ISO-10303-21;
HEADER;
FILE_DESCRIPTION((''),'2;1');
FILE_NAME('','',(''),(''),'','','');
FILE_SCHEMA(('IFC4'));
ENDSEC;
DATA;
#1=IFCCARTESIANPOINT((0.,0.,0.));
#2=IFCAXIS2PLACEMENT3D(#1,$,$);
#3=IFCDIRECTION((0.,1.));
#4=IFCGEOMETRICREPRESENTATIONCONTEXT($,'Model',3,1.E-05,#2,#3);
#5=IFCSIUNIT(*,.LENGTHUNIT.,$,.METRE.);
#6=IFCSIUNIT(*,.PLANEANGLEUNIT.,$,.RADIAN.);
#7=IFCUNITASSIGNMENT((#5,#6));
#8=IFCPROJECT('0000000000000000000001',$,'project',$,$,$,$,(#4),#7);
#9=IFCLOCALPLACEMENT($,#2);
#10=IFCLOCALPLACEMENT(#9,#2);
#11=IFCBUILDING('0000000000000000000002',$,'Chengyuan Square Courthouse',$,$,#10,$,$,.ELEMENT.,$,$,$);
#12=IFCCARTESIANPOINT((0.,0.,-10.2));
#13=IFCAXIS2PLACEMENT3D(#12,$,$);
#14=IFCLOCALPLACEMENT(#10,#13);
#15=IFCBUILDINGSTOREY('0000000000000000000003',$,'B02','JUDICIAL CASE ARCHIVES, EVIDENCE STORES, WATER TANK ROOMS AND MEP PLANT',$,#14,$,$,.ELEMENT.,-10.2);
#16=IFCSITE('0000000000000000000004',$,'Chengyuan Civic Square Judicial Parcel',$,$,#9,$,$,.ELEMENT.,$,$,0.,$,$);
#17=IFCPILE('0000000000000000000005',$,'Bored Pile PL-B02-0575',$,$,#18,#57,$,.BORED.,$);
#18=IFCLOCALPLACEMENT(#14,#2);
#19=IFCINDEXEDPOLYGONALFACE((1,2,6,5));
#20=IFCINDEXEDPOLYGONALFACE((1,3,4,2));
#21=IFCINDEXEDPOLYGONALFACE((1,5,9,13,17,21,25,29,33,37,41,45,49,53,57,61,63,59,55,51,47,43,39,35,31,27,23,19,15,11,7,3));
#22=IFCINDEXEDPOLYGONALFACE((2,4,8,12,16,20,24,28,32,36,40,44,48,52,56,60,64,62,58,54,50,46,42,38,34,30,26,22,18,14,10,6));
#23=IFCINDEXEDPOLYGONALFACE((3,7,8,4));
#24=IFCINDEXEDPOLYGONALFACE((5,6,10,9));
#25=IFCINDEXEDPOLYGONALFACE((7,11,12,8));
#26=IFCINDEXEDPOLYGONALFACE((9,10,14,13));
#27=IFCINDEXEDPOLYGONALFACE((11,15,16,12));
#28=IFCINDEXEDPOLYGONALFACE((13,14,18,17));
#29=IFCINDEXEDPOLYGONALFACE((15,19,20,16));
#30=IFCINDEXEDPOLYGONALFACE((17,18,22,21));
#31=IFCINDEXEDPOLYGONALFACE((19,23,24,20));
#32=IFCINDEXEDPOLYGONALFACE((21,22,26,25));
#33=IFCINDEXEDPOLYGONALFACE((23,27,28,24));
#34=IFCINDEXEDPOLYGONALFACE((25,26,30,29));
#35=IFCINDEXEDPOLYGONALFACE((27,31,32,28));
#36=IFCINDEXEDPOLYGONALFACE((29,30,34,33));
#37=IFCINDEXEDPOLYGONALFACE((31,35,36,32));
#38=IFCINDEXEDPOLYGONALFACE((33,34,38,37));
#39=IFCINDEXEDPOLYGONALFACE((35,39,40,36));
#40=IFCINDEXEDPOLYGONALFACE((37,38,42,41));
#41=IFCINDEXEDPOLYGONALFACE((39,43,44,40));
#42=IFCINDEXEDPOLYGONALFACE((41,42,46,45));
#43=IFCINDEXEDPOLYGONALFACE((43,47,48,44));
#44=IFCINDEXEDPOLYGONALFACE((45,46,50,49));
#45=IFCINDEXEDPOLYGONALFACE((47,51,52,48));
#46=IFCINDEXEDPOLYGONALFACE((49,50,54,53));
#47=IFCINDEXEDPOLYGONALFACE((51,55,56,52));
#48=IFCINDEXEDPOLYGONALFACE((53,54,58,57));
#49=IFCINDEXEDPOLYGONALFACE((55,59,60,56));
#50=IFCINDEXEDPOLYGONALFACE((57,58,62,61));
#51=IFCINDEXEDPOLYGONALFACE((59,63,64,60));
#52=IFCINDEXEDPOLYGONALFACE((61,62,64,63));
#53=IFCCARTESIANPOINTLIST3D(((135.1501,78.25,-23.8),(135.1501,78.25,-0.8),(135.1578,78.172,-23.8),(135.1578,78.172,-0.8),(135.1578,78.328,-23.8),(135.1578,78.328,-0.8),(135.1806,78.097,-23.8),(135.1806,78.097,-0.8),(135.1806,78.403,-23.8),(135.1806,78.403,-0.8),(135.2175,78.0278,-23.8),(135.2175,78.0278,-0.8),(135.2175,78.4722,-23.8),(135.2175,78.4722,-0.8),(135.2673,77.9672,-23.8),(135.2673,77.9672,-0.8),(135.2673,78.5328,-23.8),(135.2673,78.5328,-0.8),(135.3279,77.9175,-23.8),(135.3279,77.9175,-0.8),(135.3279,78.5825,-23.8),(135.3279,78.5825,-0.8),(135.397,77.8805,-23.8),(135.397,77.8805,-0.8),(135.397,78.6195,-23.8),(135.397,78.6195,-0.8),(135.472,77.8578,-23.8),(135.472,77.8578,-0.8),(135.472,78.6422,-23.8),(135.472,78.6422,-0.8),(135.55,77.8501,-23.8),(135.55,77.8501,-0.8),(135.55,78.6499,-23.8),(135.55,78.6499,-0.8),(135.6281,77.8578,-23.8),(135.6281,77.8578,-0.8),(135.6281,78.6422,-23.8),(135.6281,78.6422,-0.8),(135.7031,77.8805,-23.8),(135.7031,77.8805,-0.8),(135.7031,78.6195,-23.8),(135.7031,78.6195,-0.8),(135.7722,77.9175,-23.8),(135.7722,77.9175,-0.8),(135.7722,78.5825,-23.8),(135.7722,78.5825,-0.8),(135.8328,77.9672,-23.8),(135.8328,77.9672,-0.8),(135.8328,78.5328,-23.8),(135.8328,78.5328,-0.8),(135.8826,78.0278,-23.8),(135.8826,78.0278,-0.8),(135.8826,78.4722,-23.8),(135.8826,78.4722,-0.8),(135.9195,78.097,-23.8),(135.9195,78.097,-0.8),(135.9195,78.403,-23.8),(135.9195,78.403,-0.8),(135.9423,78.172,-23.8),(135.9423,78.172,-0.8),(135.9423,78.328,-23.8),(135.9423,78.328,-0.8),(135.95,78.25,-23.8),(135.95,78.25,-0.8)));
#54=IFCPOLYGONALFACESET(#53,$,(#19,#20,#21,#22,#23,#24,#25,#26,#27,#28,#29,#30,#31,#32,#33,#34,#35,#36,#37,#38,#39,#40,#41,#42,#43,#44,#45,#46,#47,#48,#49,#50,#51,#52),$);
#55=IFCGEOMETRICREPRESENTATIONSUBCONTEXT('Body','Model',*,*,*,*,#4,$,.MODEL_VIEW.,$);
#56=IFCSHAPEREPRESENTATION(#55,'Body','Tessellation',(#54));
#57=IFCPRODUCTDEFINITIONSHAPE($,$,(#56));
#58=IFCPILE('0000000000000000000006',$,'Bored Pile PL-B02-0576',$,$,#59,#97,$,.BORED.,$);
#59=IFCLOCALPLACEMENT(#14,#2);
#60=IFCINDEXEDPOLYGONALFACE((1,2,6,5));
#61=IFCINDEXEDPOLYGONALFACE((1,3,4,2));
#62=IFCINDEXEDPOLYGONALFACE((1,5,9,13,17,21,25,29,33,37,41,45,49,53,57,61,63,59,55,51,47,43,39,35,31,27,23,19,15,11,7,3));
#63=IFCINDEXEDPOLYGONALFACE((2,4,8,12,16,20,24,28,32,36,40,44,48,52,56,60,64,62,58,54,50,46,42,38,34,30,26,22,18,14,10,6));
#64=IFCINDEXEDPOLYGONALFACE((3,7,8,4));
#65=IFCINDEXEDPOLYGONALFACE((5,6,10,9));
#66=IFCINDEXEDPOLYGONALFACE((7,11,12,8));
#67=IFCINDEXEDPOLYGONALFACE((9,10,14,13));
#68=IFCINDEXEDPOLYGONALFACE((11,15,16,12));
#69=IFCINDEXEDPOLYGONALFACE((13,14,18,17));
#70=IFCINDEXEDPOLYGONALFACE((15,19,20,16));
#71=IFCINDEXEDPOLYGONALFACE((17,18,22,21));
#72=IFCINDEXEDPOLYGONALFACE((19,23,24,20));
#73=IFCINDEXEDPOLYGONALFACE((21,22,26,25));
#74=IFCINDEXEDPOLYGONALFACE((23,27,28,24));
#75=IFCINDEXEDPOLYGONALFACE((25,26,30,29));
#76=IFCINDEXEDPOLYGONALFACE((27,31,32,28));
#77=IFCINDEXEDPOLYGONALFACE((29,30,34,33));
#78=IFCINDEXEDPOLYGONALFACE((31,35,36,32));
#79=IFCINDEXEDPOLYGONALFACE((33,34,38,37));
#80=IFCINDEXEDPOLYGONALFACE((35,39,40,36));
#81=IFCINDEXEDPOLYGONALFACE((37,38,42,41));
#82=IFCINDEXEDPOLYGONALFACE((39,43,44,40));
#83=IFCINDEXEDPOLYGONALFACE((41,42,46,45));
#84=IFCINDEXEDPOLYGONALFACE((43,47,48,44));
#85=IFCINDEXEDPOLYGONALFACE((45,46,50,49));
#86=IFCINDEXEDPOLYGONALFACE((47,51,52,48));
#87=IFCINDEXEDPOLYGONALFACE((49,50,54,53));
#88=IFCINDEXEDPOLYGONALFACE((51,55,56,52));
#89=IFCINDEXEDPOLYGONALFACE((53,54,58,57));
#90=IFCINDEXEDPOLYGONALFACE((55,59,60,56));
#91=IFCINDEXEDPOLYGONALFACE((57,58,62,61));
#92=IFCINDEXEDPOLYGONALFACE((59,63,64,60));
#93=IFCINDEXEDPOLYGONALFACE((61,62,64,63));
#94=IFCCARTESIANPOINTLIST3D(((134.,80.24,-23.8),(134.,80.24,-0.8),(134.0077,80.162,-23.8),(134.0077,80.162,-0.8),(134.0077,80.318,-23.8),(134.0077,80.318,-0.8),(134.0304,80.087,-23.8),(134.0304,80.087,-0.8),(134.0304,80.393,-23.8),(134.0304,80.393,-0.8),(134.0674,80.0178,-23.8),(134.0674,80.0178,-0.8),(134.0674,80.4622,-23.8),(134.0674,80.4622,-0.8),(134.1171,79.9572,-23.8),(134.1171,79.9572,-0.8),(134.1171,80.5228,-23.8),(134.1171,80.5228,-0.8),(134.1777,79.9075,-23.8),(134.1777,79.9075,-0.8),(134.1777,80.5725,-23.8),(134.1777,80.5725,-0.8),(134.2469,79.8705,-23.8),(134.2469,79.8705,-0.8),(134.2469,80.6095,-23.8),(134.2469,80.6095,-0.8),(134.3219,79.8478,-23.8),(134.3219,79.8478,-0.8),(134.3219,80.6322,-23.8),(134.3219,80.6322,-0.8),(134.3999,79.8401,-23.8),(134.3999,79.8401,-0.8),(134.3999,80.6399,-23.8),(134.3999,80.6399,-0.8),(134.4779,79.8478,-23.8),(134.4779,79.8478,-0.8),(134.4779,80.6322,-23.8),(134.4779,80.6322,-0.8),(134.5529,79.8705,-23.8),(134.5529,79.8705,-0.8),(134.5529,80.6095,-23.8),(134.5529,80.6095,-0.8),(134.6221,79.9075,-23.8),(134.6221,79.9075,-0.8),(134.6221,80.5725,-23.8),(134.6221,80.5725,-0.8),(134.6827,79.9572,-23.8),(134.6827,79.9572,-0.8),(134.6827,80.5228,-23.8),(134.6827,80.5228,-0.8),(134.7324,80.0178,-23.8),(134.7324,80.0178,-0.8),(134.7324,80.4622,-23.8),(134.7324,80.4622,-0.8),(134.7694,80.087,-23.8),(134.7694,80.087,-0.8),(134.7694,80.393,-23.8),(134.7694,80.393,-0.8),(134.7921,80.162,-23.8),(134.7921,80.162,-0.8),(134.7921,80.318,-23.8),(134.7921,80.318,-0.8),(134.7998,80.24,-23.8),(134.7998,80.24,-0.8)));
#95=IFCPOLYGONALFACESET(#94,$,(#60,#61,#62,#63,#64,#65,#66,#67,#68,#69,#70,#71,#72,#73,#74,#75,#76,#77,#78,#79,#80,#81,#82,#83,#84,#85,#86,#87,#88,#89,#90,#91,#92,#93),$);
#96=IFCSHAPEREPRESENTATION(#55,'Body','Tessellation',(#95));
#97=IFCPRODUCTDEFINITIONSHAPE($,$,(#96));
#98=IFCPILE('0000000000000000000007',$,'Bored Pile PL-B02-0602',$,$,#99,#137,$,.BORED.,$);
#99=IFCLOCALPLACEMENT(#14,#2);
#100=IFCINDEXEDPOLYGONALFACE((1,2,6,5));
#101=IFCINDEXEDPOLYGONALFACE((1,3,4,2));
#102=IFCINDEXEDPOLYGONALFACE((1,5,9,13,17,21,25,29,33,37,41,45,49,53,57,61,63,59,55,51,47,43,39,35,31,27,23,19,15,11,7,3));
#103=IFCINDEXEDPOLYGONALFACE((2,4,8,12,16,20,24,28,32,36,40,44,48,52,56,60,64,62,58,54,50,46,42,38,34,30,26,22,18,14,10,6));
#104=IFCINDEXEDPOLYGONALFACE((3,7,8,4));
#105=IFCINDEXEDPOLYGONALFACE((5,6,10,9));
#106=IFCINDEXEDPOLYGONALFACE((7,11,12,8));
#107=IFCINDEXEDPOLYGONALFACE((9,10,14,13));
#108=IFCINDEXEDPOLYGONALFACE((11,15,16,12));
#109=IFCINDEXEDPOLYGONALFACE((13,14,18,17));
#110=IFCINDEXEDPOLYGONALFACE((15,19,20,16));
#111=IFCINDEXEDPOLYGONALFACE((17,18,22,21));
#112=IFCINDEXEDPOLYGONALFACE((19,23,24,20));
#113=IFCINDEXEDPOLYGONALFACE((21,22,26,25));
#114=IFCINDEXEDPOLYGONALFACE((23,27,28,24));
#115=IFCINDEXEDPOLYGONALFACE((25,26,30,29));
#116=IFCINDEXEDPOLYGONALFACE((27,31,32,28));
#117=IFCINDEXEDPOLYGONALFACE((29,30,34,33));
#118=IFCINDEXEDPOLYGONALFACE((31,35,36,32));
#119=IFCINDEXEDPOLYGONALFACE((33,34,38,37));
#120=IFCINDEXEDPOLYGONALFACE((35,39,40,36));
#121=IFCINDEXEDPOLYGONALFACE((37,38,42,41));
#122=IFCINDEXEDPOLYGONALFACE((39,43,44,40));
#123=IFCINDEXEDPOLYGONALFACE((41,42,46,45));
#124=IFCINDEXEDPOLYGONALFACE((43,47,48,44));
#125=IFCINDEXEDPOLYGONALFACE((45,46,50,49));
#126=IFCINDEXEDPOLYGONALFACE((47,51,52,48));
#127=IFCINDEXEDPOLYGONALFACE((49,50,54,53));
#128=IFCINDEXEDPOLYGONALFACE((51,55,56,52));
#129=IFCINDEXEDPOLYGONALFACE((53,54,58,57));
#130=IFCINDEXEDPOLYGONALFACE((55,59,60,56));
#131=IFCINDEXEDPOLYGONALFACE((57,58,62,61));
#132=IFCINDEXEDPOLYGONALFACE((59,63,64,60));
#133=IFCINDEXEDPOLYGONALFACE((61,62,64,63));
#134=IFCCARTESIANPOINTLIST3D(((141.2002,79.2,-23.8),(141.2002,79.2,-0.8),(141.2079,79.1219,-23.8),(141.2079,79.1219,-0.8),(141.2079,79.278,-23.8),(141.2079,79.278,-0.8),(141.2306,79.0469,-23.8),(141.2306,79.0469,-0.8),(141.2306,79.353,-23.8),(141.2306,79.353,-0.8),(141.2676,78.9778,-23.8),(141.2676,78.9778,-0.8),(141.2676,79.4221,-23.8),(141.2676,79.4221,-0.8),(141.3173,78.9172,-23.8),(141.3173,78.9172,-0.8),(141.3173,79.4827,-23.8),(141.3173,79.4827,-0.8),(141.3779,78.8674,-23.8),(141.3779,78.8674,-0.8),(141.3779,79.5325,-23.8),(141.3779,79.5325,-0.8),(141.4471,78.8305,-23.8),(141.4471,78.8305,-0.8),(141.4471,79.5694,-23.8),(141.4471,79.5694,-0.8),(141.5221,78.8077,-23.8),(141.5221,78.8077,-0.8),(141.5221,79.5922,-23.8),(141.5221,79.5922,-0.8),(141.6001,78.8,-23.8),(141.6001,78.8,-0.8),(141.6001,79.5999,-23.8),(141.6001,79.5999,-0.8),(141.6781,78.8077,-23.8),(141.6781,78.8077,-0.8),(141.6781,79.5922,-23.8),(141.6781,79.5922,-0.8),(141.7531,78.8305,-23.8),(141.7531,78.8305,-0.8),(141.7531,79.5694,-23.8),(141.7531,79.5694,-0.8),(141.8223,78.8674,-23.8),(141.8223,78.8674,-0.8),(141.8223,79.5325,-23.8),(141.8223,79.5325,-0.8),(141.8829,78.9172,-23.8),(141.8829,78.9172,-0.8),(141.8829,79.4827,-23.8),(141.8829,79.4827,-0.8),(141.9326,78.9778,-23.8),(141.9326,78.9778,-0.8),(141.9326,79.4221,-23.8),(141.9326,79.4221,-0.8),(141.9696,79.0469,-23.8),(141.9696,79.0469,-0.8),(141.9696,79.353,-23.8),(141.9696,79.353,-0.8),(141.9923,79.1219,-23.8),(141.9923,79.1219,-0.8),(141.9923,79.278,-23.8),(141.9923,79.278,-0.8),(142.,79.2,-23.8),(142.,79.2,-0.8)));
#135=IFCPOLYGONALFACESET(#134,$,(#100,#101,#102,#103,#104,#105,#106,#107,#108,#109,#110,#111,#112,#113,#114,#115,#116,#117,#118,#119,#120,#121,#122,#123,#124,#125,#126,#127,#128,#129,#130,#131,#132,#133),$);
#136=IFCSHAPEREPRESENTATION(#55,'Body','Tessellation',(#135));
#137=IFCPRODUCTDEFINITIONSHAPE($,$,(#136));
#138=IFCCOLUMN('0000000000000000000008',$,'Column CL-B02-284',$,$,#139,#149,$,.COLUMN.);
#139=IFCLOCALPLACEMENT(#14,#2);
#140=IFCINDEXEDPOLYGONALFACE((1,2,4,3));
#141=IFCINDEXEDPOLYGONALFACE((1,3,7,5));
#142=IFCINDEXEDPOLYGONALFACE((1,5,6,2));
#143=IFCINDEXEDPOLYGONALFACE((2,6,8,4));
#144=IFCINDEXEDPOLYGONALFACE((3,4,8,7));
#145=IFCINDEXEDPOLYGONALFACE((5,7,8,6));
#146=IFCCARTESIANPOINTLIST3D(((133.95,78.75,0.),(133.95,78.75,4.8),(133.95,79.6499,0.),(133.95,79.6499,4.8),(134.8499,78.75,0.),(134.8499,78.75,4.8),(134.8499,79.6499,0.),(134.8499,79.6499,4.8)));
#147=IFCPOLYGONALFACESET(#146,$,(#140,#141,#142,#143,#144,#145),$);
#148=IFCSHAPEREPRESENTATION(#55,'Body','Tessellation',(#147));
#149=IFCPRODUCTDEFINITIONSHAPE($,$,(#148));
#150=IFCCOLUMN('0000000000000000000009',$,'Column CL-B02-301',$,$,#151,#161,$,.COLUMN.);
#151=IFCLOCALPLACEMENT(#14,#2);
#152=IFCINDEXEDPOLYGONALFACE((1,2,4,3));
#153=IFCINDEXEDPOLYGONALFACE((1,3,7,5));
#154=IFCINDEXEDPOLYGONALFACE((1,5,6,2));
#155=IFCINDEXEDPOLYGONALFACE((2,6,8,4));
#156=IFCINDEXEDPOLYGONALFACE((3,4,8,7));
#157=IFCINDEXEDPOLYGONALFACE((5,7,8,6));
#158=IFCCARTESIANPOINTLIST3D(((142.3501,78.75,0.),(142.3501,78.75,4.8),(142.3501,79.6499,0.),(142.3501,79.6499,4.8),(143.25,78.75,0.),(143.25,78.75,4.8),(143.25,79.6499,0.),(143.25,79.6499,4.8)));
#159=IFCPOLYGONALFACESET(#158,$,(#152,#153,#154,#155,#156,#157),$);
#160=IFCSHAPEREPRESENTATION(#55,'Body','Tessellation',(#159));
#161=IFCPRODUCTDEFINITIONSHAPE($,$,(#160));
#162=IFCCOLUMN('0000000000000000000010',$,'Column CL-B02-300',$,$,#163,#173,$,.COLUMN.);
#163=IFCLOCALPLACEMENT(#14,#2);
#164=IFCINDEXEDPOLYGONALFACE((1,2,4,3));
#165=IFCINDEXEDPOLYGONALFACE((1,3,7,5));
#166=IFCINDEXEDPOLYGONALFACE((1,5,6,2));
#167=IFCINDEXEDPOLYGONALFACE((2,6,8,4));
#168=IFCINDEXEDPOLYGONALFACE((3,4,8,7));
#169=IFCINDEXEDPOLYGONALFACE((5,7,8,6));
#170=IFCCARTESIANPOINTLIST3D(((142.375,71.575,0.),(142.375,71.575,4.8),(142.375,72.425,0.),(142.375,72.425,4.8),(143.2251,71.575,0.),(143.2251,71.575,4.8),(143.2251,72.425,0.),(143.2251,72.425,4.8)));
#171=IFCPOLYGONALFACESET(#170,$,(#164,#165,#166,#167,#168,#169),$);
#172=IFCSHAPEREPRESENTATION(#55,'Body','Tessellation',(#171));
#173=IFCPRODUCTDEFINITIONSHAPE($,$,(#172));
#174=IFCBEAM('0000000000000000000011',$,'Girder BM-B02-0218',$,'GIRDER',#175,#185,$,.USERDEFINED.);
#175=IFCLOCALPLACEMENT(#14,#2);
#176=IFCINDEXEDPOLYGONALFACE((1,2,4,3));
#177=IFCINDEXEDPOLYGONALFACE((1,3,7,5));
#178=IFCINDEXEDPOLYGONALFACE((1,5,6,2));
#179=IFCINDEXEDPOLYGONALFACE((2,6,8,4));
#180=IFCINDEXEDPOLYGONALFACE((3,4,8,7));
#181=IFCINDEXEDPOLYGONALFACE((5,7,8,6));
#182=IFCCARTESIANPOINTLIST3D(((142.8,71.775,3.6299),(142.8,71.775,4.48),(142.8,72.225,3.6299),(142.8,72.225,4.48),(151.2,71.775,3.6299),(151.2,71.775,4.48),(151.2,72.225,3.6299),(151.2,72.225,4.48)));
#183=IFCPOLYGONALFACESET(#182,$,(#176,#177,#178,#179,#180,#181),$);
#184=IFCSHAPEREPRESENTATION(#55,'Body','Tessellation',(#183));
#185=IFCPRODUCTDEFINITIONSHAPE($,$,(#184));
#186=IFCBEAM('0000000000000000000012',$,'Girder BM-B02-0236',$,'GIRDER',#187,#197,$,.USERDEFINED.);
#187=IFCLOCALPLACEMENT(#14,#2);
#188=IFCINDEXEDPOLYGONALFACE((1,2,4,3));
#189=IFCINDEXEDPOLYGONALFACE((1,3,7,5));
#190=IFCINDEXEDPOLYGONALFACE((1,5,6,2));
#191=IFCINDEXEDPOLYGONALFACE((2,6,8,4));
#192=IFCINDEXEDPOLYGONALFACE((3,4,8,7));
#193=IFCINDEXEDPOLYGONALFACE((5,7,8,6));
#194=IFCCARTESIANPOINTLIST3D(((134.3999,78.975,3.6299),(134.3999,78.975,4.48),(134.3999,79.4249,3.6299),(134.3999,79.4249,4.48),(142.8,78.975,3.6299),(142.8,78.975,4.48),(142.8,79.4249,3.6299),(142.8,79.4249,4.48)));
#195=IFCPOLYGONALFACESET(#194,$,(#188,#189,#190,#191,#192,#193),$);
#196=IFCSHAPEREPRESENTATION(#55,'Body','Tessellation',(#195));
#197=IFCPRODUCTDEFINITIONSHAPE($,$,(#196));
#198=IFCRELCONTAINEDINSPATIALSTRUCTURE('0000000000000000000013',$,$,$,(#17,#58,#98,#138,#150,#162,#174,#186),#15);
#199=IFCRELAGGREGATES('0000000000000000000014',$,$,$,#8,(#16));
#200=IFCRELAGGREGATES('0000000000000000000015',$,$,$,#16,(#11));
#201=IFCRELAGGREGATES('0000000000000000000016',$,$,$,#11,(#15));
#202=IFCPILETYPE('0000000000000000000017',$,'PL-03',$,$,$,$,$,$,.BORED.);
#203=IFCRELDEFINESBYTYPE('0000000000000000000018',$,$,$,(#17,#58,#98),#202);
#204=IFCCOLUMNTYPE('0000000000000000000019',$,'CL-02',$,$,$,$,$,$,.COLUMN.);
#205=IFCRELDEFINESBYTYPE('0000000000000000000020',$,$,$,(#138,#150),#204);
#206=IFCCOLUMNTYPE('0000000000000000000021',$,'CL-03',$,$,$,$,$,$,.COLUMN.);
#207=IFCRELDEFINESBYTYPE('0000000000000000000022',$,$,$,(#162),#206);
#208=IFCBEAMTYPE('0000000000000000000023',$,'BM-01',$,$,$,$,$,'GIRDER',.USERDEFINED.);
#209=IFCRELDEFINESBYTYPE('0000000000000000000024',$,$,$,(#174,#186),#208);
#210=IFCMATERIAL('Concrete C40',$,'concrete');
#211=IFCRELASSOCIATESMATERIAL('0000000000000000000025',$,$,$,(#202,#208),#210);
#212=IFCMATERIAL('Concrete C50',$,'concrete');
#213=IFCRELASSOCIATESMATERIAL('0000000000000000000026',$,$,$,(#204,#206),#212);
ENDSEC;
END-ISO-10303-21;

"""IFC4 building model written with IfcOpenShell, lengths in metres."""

from ifc_helpers import new_model, si_unit, direction, frame, origin, origin_2d, place, context, subcontext, project, spatial, rectangle, circle, extrude, material, material_profile, profile_set, type_object, element, save


model = new_model("IFC4")

# Units and contexts
model_context = context("Model", 3, precision=1e-05, world=origin(), true_north=direction((0.0, 1.0)))
body_context = subcontext(model_context, "Body", "Model", "MODEL_VIEW")
ifc_project = project(units=[si_unit("LENGTHUNIT", "METRE"), si_unit("PLANEANGLEUNIT", "RADIAN")], contexts=[model_context])

# Site, building, storey
site_placement = place(None, origin())
site = spatial("IfcSite", under=ifc_project, at=site_placement, Name="Chengyuan Civic Square Judicial Parcel", CompositionType="ELEMENT", RefElevation=0.0)
building_placement = place(site_placement, origin())
building = spatial("IfcBuilding", under=site, at=building_placement, Name="Chengyuan Square Courthouse", CompositionType="ELEMENT")
storey_placement = place(building_placement, frame((0.0, 0.0, -10.2)))
storey = spatial("IfcBuildingStorey", under=building, at=storey_placement, Name="B02", Description="JUDICIAL CASE ARCHIVES, EVIDENCE STORES, WATER TANK ROOMS AND MEP PLANT", CompositionType="ELEMENT", Elevation=-10.2)

# Shared definitions
ifc_material_1 = material(Name="Concrete C40", Category="concrete")

# Piles
ifc_material_profile_1 = material_profile(ifc_material_1, circle(Radius=0.3999, at=origin_2d()), Name="BORED PILE D800")
ifc_profile_set_1 = profile_set([ifc_material_profile_1], Name="Concrete C40")
pile_type_1 = type_object("IfcPileType", Name="PL-03", PredefinedType="BORED", material=ifc_profile_set_1)
for number, where, z_axis, x_axis, name in (
    (1, (135.55, 78.25, -0.8), (0.0, 0.0, -1.0), (1.0, 0.0, 0.0), "Bored Pile PL-B02-0575"),
    (2, (134.3999, 80.24, -0.8), (0.0, 0.0, -1.0), (1.0, 0.0, 0.0), "Bored Pile PL-B02-0576"),
    (3, (141.6001, 79.2, -0.8), (0.0, 0.0, -1.0), (1.0, 0.0, 0.0), "Bored Pile PL-B02-0602"),
):
    element("IfcPile", number, at=place(storey_placement, frame(where, z_axis=z_axis, x_axis=x_axis)), inside=storey, type_object=pile_type_1, Name=name, PredefinedType="BORED", context=body_context, shape_type="SweptSolid", body=[
        extrude(circle(Radius=0.3999, at=origin_2d()), origin(), (0.0, 0.0, 1.0), 23.0),
    ])

# Columns
ifc_material_2 = material(Name="Concrete C50", Category="concrete")
ifc_material_profile_2 = material_profile(ifc_material_2, rectangle(XDim=0.8999, YDim=0.8999, at=origin_2d()), Name="RC-COL-900x900")
ifc_profile_set_2 = profile_set([ifc_material_profile_2], Name="Concrete C50")
column_type_1 = type_object("IfcColumnType", Name="CL-02", PredefinedType="COLUMN", material=ifc_profile_set_2)
for number, where, z_axis, x_axis, name in (
    (4, (134.3999, 79.2, 0.0), (0.0, 0.0, 1.0), (1.0, 0.0, 0.0), "Column CL-B02-284"),
    (5, (142.8, 79.2, 0.0), (0.0, 0.0, 1.0), (1.0, 0.0, 0.0), "Column CL-B02-301"),
):
    element("IfcColumn", number, at=place(storey_placement, frame(where, z_axis=z_axis, x_axis=x_axis)), inside=storey, type_object=column_type_1, Name=name, PredefinedType="COLUMN", context=body_context, shape_type="SweptSolid", body=[
        extrude(rectangle(XDim=0.8999, YDim=0.8999, at=origin_2d()), origin(), (0.0, 0.0, 1.0), 4.8),
    ])
ifc_material_profile_3 = material_profile(ifc_material_2, rectangle(XDim=0.8501, YDim=0.8501, at=origin_2d()), Name="RC-COL-850x850")
ifc_profile_set_3 = profile_set([ifc_material_profile_3], Name="Concrete C50")
column_type_2 = type_object("IfcColumnType", Name="CL-03", PredefinedType="COLUMN", material=ifc_profile_set_3)
column_placement = place(storey_placement, frame((142.8, 72.0, 0.0), z_axis=(0.0, 0.0, 1.0), x_axis=(1.0, 0.0, 0.0)))
element("IfcColumn", 6, at=column_placement, inside=storey, type_object=column_type_2, Name="Column CL-B02-300", PredefinedType="COLUMN", context=body_context, shape_type="SweptSolid", body=[
    extrude(rectangle(XDim=0.8501, YDim=0.8501, at=origin_2d()), origin(), (0.0, 0.0, 1.0), 4.8),
])

# Beams
ifc_material_profile_4 = material_profile(ifc_material_1, rectangle(XDim=0.45, YDim=0.8501, at=origin_2d()), Name="RC-BM-450x850")
ifc_profile_set_4 = profile_set([ifc_material_profile_4], Name="Concrete C40")
beam_type_1 = type_object("IfcBeamType", Name="BM-01", ElementType="GIRDER", PredefinedType="USERDEFINED", material=ifc_profile_set_4)
beam_1_placement = place(storey_placement, frame((142.8, 72.0, 4.0549), z_axis=(1.0, 0.0, 0.0), x_axis=(0.0, 1.0, 0.0)))
element("IfcBeam", 7, at=beam_1_placement, inside=storey, type_object=beam_type_1, Name="Girder BM-B02-0218", ObjectType="GIRDER", PredefinedType="USERDEFINED", context=body_context, shape_type="SweptSolid", body=[
    extrude(rectangle(XDim=0.45, YDim=0.8501, at=origin_2d()), origin(), (0.0, 0.0, 1.0), 8.3999),
])
beam_2_placement = place(storey_placement, frame((134.3999, 79.2, 4.0549), z_axis=(1.0, 0.0, 0.0), x_axis=(0.0, 1.0, 0.0)))
element("IfcBeam", 8, at=beam_2_placement, inside=storey, type_object=beam_type_1, Name="Girder BM-B02-0236", ObjectType="GIRDER", PredefinedType="USERDEFINED", context=body_context, shape_type="SweptSolid", body=[
    extrude(rectangle(XDim=0.45, YDim=0.8501, at=origin_2d()), origin(), (0.0, 0.0, 1.0), 8.4001),
])

save(model, "model.ifc")
